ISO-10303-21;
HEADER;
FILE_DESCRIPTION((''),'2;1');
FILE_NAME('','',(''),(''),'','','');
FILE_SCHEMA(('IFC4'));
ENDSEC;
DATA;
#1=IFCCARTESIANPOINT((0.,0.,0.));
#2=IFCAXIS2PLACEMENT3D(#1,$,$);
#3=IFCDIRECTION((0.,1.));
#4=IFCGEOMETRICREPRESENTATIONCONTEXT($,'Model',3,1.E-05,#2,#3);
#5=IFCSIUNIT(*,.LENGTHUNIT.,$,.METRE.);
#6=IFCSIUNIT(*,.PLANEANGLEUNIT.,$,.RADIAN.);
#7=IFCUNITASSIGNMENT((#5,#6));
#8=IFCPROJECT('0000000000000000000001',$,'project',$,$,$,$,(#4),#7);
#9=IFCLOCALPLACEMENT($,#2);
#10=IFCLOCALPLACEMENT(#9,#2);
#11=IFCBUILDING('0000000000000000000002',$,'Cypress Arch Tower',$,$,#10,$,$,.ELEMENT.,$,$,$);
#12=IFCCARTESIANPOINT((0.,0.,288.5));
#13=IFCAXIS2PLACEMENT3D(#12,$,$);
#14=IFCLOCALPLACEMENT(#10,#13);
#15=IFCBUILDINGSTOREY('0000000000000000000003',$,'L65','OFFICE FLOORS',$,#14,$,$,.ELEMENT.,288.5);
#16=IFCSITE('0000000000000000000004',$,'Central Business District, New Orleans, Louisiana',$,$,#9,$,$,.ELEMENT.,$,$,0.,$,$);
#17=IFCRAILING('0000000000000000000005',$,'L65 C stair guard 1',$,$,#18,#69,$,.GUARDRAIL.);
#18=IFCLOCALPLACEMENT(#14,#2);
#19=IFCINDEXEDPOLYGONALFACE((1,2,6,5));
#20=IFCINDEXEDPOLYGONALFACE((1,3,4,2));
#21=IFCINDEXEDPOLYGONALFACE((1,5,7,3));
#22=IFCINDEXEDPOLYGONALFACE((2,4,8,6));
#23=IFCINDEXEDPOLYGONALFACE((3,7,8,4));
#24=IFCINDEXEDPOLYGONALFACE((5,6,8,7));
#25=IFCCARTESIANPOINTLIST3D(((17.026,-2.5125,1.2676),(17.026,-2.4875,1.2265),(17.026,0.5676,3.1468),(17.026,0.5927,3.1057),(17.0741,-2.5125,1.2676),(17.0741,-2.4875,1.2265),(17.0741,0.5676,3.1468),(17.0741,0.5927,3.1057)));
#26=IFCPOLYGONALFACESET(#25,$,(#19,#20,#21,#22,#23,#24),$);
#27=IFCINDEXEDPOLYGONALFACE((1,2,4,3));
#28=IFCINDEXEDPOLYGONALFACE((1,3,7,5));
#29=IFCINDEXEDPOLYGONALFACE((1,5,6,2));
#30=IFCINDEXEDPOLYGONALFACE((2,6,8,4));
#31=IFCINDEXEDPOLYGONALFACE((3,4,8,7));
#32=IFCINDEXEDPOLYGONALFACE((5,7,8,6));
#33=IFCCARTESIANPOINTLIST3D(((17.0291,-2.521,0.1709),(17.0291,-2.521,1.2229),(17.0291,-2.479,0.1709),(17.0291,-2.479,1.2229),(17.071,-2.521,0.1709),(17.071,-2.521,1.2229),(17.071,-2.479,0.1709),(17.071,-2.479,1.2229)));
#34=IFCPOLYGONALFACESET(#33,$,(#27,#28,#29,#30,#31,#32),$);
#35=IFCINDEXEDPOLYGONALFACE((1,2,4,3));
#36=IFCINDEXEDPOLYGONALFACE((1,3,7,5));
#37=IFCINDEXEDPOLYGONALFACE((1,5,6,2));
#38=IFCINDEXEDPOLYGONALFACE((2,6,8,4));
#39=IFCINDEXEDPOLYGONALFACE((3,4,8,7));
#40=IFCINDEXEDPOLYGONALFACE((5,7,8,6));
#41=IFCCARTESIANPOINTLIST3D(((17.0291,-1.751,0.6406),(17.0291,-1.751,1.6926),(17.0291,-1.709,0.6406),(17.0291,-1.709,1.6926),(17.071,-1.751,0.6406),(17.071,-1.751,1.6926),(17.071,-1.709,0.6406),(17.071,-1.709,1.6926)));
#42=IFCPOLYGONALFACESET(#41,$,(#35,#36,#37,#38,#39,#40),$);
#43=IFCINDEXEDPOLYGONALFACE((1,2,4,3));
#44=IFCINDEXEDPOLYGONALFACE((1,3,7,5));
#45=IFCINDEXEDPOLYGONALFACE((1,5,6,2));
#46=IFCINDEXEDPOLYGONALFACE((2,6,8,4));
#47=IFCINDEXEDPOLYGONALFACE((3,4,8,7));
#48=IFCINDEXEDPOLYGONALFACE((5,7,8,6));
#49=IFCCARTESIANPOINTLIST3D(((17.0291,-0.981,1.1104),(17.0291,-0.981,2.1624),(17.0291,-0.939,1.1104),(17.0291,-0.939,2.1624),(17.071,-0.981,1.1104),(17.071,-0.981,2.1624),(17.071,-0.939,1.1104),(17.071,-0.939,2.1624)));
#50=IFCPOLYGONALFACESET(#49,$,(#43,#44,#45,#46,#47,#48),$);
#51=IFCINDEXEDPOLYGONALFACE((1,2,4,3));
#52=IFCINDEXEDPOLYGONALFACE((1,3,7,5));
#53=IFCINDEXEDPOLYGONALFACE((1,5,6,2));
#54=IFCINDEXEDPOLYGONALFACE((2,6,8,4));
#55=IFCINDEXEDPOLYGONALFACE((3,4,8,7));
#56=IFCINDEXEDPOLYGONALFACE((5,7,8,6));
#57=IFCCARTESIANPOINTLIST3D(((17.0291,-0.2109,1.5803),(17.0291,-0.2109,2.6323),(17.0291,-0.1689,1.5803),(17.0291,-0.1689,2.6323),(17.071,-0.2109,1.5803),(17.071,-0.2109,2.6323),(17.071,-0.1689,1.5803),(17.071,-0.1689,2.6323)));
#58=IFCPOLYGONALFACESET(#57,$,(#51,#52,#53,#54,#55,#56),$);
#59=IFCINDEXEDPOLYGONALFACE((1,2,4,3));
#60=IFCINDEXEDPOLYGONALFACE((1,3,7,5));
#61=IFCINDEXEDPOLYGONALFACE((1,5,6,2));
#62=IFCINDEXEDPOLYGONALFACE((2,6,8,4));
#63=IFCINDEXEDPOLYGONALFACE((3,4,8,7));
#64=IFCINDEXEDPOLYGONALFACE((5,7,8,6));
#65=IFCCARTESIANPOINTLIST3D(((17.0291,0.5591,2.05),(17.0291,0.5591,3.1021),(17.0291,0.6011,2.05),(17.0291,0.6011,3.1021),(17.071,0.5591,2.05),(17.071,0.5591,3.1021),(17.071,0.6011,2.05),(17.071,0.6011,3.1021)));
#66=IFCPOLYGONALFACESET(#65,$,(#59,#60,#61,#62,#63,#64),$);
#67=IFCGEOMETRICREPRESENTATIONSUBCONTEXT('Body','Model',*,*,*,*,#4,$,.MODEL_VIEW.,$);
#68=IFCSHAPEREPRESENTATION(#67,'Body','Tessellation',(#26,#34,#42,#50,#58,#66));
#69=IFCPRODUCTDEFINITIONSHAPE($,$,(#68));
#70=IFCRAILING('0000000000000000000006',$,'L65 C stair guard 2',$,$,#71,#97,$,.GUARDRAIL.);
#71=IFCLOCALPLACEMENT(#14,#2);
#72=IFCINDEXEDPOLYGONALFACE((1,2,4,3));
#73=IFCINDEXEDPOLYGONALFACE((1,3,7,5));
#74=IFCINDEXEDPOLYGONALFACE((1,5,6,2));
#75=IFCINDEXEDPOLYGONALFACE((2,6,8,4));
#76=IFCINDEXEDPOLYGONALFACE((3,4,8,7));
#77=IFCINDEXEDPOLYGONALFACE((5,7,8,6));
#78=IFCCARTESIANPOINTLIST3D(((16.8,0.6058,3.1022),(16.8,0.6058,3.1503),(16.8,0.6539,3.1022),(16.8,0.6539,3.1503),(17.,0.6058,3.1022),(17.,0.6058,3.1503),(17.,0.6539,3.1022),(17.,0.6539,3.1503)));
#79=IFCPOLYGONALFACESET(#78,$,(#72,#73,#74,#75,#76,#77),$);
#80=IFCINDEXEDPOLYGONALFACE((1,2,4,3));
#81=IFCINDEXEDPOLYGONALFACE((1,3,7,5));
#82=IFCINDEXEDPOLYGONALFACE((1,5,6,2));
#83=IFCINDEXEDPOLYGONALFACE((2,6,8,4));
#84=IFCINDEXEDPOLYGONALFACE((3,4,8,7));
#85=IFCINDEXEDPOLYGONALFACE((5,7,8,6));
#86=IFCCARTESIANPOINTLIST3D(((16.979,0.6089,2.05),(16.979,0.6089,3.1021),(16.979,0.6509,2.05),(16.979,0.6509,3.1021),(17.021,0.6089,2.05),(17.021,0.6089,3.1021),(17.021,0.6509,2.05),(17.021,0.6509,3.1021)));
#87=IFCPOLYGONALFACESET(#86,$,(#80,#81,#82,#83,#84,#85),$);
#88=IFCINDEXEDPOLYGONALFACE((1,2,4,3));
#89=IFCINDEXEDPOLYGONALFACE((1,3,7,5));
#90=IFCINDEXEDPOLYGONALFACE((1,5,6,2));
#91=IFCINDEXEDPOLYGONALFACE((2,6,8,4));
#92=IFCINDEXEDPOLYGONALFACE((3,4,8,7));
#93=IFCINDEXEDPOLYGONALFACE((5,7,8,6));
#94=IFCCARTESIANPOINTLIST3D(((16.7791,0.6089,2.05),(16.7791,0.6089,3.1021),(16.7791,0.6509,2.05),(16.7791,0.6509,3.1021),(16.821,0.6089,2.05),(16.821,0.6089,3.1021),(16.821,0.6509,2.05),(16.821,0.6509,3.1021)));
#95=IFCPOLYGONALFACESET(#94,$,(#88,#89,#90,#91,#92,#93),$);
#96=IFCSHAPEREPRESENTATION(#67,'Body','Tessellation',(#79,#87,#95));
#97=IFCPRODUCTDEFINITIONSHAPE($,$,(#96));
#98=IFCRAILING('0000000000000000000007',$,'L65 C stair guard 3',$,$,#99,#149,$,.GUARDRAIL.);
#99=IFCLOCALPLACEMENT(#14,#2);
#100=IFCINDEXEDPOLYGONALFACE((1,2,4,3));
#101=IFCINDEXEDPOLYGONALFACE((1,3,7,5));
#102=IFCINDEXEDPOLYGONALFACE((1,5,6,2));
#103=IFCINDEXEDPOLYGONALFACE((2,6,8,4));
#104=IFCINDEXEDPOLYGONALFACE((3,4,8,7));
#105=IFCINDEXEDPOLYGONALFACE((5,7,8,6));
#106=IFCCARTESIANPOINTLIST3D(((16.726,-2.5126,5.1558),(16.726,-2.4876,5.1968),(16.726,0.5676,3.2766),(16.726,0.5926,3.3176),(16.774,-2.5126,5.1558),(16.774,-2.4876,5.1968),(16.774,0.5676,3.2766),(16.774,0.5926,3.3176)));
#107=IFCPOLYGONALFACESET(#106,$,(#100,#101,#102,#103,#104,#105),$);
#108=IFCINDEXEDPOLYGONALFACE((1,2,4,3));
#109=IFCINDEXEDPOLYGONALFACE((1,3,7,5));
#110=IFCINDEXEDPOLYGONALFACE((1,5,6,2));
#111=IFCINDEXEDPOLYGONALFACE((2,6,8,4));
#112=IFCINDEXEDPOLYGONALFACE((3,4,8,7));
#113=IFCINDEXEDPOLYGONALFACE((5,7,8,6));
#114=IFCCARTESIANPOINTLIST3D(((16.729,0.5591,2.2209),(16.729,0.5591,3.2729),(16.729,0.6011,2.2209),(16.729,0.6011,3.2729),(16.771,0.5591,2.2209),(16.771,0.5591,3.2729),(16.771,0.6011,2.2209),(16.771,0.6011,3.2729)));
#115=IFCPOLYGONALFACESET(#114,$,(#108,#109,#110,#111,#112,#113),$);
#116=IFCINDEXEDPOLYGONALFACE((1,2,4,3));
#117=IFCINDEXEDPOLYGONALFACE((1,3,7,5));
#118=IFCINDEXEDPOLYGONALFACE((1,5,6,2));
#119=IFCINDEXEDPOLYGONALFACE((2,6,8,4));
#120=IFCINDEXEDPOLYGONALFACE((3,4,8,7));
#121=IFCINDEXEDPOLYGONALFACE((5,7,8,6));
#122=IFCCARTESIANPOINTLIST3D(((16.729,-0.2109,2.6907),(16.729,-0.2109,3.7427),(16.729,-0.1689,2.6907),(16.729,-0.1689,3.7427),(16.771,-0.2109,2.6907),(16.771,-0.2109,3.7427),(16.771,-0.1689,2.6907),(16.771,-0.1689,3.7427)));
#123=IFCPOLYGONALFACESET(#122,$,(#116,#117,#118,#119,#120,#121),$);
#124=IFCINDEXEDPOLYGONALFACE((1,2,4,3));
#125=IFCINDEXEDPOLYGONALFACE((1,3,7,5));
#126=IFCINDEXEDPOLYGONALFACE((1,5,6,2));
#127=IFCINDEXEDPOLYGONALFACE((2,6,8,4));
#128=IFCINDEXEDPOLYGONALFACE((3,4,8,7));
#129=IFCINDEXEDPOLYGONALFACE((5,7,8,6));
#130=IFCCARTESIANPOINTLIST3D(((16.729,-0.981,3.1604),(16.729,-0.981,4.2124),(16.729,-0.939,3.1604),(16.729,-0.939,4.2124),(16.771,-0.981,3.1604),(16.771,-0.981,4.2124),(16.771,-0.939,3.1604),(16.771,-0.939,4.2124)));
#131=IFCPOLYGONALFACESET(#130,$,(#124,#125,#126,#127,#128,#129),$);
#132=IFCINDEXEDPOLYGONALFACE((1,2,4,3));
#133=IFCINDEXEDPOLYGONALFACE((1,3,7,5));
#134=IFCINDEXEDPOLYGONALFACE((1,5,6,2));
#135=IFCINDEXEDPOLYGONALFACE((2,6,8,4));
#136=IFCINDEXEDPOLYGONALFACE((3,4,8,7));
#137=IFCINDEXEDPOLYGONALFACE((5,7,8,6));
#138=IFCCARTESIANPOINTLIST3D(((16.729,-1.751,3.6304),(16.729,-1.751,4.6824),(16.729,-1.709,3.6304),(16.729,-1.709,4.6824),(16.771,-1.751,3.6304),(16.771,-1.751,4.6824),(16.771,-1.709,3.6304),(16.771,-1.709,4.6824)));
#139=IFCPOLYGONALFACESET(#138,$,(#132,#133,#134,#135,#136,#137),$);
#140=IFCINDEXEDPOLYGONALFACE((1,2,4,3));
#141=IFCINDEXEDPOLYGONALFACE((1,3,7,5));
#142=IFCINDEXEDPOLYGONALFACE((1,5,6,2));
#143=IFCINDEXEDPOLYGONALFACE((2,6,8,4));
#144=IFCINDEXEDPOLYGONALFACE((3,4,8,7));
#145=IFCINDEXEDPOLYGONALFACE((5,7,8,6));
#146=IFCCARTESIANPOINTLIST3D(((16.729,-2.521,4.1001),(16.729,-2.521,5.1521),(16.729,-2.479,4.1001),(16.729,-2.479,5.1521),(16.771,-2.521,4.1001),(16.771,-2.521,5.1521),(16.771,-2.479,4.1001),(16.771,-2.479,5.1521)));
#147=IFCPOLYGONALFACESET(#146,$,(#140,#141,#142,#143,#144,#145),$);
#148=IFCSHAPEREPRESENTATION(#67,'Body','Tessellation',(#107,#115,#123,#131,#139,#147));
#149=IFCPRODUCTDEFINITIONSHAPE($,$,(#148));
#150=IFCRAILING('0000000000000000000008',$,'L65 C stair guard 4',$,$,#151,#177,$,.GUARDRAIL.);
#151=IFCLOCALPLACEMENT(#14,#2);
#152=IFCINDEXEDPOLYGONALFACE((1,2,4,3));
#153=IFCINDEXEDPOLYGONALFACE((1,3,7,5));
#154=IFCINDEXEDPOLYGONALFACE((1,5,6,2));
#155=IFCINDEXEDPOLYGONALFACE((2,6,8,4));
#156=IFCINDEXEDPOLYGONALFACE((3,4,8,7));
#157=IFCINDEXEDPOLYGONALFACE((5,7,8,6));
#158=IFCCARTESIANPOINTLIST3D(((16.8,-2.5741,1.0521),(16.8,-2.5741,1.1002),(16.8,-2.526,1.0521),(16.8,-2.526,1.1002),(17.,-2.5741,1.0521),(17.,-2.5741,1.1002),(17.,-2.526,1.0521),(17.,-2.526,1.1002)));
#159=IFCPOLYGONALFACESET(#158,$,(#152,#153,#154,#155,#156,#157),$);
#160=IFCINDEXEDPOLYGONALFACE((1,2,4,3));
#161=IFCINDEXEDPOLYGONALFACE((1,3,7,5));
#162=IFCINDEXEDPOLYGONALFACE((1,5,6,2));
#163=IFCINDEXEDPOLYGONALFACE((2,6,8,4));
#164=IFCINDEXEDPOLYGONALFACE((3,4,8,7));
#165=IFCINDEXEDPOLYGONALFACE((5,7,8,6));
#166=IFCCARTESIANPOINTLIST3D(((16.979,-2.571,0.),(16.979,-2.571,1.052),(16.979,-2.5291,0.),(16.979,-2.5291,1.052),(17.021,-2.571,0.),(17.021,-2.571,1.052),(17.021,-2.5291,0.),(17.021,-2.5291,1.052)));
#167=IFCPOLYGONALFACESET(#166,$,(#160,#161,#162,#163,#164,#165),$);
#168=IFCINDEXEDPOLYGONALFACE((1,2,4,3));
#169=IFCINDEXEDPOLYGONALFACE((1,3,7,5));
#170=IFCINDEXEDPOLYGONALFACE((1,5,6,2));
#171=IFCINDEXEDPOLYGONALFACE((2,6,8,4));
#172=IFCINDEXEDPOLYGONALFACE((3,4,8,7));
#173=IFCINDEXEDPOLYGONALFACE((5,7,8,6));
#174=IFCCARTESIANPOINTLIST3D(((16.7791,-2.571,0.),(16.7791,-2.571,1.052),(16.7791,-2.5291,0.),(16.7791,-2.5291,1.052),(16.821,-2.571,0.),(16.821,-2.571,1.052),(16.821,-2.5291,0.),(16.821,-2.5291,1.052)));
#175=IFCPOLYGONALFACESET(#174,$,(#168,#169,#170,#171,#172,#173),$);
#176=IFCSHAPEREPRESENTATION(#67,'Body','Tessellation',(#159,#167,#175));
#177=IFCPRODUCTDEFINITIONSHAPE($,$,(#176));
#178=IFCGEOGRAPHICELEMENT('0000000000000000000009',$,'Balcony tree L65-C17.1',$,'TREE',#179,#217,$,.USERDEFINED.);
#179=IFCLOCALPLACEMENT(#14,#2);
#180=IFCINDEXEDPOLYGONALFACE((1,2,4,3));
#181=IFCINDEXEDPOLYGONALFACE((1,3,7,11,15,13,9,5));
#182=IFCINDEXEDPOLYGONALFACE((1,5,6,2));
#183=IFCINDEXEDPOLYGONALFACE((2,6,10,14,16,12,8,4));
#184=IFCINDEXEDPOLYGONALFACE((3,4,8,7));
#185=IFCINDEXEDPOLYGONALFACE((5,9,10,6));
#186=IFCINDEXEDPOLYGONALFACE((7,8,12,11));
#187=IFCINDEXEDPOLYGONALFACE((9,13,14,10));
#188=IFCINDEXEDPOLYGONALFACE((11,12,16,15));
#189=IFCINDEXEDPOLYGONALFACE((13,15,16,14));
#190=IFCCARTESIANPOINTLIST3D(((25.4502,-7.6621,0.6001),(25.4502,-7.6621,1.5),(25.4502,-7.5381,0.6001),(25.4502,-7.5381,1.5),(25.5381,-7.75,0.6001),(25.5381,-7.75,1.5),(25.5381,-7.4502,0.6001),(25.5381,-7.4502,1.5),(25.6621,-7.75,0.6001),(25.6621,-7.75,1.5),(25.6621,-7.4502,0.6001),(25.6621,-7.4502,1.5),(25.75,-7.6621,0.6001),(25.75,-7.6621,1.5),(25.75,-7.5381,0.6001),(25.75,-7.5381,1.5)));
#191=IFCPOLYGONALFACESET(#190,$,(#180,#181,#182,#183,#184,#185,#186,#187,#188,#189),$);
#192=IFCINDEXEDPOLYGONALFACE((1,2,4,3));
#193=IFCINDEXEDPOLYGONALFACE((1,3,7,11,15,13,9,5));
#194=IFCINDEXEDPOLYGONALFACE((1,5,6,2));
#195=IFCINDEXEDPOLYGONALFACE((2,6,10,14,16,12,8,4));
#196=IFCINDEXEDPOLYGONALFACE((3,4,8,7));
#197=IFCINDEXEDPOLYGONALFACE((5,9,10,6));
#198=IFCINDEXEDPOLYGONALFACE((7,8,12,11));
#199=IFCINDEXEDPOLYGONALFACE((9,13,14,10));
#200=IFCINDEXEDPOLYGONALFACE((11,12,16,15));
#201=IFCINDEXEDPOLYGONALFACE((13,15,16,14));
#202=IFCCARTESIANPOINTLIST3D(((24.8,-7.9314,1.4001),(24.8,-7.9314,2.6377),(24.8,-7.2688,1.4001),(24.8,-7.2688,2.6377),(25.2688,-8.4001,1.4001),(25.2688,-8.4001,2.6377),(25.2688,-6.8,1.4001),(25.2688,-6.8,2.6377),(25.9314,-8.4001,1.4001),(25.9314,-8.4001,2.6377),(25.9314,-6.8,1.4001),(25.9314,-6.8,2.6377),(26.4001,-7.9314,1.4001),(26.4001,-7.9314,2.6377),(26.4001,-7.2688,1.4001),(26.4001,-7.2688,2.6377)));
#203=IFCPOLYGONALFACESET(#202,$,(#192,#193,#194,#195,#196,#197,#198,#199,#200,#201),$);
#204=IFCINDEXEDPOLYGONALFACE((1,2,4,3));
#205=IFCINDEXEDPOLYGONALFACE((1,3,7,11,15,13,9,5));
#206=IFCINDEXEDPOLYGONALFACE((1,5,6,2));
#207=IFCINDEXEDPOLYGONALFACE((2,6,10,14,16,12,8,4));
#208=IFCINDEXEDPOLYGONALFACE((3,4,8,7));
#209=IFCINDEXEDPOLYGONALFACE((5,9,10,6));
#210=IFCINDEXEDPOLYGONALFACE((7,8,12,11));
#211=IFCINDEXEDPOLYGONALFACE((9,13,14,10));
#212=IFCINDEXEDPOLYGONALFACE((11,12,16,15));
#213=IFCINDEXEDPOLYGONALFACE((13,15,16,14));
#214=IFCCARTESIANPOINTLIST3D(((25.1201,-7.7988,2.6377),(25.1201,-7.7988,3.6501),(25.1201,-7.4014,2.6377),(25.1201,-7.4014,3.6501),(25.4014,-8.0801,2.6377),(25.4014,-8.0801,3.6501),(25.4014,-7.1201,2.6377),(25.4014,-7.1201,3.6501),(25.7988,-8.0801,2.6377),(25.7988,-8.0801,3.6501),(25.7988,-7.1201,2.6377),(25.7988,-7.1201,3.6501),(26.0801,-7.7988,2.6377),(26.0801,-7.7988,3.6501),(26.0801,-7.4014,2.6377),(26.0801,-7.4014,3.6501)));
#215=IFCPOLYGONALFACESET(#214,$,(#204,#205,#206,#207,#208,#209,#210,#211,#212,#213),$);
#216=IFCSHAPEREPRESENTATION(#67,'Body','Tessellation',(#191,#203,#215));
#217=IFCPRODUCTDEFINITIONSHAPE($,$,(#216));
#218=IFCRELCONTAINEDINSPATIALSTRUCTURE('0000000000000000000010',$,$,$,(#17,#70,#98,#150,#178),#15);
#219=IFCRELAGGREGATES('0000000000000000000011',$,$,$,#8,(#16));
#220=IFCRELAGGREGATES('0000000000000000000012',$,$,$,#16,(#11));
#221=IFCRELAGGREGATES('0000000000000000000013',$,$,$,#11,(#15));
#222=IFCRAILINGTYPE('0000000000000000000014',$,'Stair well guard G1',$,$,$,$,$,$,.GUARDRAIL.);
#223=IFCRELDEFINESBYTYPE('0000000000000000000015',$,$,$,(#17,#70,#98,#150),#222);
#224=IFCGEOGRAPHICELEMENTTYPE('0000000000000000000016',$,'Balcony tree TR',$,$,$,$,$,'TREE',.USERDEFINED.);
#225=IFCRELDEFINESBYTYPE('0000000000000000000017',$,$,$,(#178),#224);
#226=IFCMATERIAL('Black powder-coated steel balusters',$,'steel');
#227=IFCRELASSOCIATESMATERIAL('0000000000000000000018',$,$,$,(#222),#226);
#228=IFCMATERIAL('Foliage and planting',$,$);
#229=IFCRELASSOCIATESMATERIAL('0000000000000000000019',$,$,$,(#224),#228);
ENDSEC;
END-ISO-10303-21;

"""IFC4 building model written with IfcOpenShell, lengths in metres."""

from ifc_helpers import new_model, si_unit, direction, frame, origin, origin_2d, place, context, subcontext, project, spatial, polyline, rectangle, outline, extrude, material, type_object, element, save


model = new_model("IFC4")

# Units and contexts
model_context = context("Model", 3, precision=1e-05, world=origin(), true_north=direction((0.0, 1.0)))
body_context = subcontext(model_context, "Body", "Model", "MODEL_VIEW")
ifc_project = project(units=[si_unit("LENGTHUNIT", "METRE"), si_unit("PLANEANGLEUNIT", "RADIAN")], contexts=[model_context])

# Site, building, storey
site_placement = place(None, origin())
site = spatial("IfcSite", under=ifc_project, at=site_placement, Name="Central Business District, New Orleans, Louisiana", CompositionType="ELEMENT", RefElevation=0.0)
building_placement = place(site_placement, origin())
building = spatial("IfcBuilding", under=site, at=building_placement, Name="Cypress Arch Tower", CompositionType="ELEMENT")
storey_placement = place(building_placement, frame((0.0, 0.0, 288.5)))
storey = spatial("IfcBuildingStorey", under=building, at=storey_placement, Name="L65", Description="OFFICE FLOORS", CompositionType="ELEMENT", Elevation=288.5)

# Railings
ifc_material_1 = material(Name="Black powder-coated steel balusters", Category="steel")
railing_type_1 = type_object("IfcRailingType", Name="Stair well guard G1", PredefinedType="GUARDRAIL", material=ifc_material_1)
railing_1_placement = place(storey_placement, frame((17.05, -2.5, 0.1709)))
element("IfcRailing", 1, at=railing_1_placement, inside=storey, type_object=railing_type_1, Name="L65 C stair guard 1", PredefinedType="GUARDRAIL", context=body_context, shape_type="SweptSolid", body=[
    extrude(rectangle(XDim=0.0481, YDim=0.0481, at=origin_2d()), frame((0.0, 0.0, 1.0762), z_axis=(0.0, 0.853666, 0.52082), x_axis=(-1.0, 0.0, 0.0)), (0.0, 0.0, 1.0), 3.6082),
    extrude(rectangle(XDim=0.042, YDim=0.042, at=origin_2d()), origin(), (0.0, 0.0, 1.0), 1.052),
    extrude(rectangle(XDim=0.042, YDim=0.042, at=origin_2d()), frame((0.0, 0.77, 0.4697)), (0.0, 0.0, 1.0), 1.052),
    extrude(rectangle(XDim=0.042, YDim=0.042, at=origin_2d()), frame((0.0, 1.54, 0.9395)), (0.0, 0.0, 1.0), 1.052),
    extrude(rectangle(XDim=0.042, YDim=0.042, at=origin_2d()), frame((0.0, 2.3101, 1.4094)), (0.0, 0.0, 1.0), 1.052),
    extrude(rectangle(XDim=0.042, YDim=0.042, at=origin_2d()), frame((0.0, 3.0801, 1.8792)), (0.0, 0.0, 1.0), 1.052),
])
railing_2_placement = place(storey_placement, frame((17.0, 0.6299, 2.05)))
element("IfcRailing", 2, at=railing_2_placement, inside=storey, type_object=railing_type_1, Name="L65 C stair guard 2", PredefinedType="GUARDRAIL", context=body_context, shape_type="SweptSolid", body=[
    extrude(rectangle(XDim=0.0481, YDim=0.0481, at=origin_2d()), frame((0.0, 0.0, 1.0762), z_axis=(-1.0, 0.0, 0.0), x_axis=(0.0, -1.0, 0.0)), (0.0, 0.0, 1.0), 0.2),
    extrude(rectangle(XDim=0.042, YDim=0.042, at=origin_2d()), origin(), (0.0, 0.0, 1.0), 1.052),
    extrude(rectangle(XDim=0.042, YDim=0.042, at=origin_2d()), frame((-0.2, 0.0, 0.0)), (0.0, 0.0, 1.0), 1.052),
])
railing_3_placement = place(storey_placement, frame((16.75, 0.5801, 2.2209)))
element("IfcRailing", 3, at=railing_3_placement, inside=storey, type_object=railing_type_1, Name="L65 C stair guard 3", PredefinedType="GUARDRAIL", context=body_context, shape_type="SweptSolid", body=[
    extrude(rectangle(XDim=0.0481, YDim=0.0481, at=origin_2d()), frame((0.0, 0.0, 1.0762), z_axis=(0.0, -0.853666, 0.52082), x_axis=(1.0, 0.0, 0.0)), (0.0, 0.0, 1.0), 3.6082),
    extrude(rectangle(XDim=0.042, YDim=0.042, at=origin_2d()), origin(), (0.0, 0.0, 1.0), 1.052),
    extrude(rectangle(XDim=0.042, YDim=0.042, at=origin_2d()), frame((0.0, -0.77, 0.4697)), (0.0, 0.0, 1.0), 1.052),
    extrude(rectangle(XDim=0.042, YDim=0.042, at=origin_2d()), frame((0.0, -1.54, 0.9395)), (0.0, 0.0, 1.0), 1.052),
    extrude(rectangle(XDim=0.042, YDim=0.042, at=origin_2d()), frame((0.0, -2.3101, 1.4094)), (0.0, 0.0, 1.0), 1.052),
    extrude(rectangle(XDim=0.042, YDim=0.042, at=origin_2d()), frame((0.0, -3.0801, 1.8792)), (0.0, 0.0, 1.0), 1.052),
])
railing_4_placement = place(storey_placement, frame((17.0, -2.55, 0.0)))
element("IfcRailing", 4, at=railing_4_placement, inside=storey, type_object=railing_type_1, Name="L65 C stair guard 4", PredefinedType="GUARDRAIL", context=body_context, shape_type="SweptSolid", body=[
    extrude(rectangle(XDim=0.0481, YDim=0.0481, at=origin_2d()), frame((0.0, 0.0, 1.0762), z_axis=(-1.0, 0.0, 0.0), x_axis=(0.0, -1.0, 0.0)), (0.0, 0.0, 1.0), 0.2),
    extrude(rectangle(XDim=0.042, YDim=0.042, at=origin_2d()), origin(), (0.0, 0.0, 1.0), 1.052),
    extrude(rectangle(XDim=0.042, YDim=0.042, at=origin_2d()), frame((-0.2, 0.0, 0.0)), (0.0, 0.0, 1.0), 1.052),
])

# Geographic element
ifc_material_2 = material(Name="Foliage and planting")
geographic_element_type = type_object("IfcGeographicElementType", Name="Balcony tree TR", ElementType="TREE", PredefinedType="USERDEFINED", material=ifc_material_2)
for number, where, z_axis, x_axis, name in (
    (5, (25.6001, -7.6001, 0.6001), (0.0, 0.0, 1.0), (1.0, 0.0, 0.0), "Balcony tree L65-C17.1"),
):
    element("IfcGeographicElement", number, at=place(storey_placement, frame(where, z_axis=z_axis, x_axis=x_axis)), inside=storey, type_object=geographic_element_type, Name=name, ObjectType="TREE", PredefinedType="USERDEFINED", context=body_context, shape_type="SweptSolid", body=[
        extrude(outline(polyline([(0.1499, 0.062), (0.062, 0.1499), (-0.062, 0.1499), (-0.1499, 0.062), (-0.1499, -0.062), (-0.062, -0.1499), (0.062, -0.1499), (0.1499, -0.062), (0.1499, 0.062)])), origin(), (0.0, 0.0, 1.0), 0.8999),
        extrude(outline(polyline([(0.8, 0.3313), (0.3313, 0.8), (-0.3313, 0.8), (-0.8, 0.3313), (-0.8, -0.3313), (-0.3313, -0.8), (0.3313, -0.8), (0.8, -0.3313), (0.8, 0.3313)])), frame((0.0, 0.0, 0.8)), (0.0, 0.0, 1.0), 1.2375),
        extrude(outline(polyline([(0.48, 0.1987), (0.1987, 0.48), (-0.1987, 0.48), (-0.48, 0.1987), (-0.48, -0.1987), (-0.1987, -0.48), (0.1987, -0.48), (0.48, -0.1987), (0.48, 0.1987)])), frame((0.0, 0.0, 2.0376)), (0.0, 0.0, 1.0), 1.0125),
    ])

save(model, "model.ifc")
